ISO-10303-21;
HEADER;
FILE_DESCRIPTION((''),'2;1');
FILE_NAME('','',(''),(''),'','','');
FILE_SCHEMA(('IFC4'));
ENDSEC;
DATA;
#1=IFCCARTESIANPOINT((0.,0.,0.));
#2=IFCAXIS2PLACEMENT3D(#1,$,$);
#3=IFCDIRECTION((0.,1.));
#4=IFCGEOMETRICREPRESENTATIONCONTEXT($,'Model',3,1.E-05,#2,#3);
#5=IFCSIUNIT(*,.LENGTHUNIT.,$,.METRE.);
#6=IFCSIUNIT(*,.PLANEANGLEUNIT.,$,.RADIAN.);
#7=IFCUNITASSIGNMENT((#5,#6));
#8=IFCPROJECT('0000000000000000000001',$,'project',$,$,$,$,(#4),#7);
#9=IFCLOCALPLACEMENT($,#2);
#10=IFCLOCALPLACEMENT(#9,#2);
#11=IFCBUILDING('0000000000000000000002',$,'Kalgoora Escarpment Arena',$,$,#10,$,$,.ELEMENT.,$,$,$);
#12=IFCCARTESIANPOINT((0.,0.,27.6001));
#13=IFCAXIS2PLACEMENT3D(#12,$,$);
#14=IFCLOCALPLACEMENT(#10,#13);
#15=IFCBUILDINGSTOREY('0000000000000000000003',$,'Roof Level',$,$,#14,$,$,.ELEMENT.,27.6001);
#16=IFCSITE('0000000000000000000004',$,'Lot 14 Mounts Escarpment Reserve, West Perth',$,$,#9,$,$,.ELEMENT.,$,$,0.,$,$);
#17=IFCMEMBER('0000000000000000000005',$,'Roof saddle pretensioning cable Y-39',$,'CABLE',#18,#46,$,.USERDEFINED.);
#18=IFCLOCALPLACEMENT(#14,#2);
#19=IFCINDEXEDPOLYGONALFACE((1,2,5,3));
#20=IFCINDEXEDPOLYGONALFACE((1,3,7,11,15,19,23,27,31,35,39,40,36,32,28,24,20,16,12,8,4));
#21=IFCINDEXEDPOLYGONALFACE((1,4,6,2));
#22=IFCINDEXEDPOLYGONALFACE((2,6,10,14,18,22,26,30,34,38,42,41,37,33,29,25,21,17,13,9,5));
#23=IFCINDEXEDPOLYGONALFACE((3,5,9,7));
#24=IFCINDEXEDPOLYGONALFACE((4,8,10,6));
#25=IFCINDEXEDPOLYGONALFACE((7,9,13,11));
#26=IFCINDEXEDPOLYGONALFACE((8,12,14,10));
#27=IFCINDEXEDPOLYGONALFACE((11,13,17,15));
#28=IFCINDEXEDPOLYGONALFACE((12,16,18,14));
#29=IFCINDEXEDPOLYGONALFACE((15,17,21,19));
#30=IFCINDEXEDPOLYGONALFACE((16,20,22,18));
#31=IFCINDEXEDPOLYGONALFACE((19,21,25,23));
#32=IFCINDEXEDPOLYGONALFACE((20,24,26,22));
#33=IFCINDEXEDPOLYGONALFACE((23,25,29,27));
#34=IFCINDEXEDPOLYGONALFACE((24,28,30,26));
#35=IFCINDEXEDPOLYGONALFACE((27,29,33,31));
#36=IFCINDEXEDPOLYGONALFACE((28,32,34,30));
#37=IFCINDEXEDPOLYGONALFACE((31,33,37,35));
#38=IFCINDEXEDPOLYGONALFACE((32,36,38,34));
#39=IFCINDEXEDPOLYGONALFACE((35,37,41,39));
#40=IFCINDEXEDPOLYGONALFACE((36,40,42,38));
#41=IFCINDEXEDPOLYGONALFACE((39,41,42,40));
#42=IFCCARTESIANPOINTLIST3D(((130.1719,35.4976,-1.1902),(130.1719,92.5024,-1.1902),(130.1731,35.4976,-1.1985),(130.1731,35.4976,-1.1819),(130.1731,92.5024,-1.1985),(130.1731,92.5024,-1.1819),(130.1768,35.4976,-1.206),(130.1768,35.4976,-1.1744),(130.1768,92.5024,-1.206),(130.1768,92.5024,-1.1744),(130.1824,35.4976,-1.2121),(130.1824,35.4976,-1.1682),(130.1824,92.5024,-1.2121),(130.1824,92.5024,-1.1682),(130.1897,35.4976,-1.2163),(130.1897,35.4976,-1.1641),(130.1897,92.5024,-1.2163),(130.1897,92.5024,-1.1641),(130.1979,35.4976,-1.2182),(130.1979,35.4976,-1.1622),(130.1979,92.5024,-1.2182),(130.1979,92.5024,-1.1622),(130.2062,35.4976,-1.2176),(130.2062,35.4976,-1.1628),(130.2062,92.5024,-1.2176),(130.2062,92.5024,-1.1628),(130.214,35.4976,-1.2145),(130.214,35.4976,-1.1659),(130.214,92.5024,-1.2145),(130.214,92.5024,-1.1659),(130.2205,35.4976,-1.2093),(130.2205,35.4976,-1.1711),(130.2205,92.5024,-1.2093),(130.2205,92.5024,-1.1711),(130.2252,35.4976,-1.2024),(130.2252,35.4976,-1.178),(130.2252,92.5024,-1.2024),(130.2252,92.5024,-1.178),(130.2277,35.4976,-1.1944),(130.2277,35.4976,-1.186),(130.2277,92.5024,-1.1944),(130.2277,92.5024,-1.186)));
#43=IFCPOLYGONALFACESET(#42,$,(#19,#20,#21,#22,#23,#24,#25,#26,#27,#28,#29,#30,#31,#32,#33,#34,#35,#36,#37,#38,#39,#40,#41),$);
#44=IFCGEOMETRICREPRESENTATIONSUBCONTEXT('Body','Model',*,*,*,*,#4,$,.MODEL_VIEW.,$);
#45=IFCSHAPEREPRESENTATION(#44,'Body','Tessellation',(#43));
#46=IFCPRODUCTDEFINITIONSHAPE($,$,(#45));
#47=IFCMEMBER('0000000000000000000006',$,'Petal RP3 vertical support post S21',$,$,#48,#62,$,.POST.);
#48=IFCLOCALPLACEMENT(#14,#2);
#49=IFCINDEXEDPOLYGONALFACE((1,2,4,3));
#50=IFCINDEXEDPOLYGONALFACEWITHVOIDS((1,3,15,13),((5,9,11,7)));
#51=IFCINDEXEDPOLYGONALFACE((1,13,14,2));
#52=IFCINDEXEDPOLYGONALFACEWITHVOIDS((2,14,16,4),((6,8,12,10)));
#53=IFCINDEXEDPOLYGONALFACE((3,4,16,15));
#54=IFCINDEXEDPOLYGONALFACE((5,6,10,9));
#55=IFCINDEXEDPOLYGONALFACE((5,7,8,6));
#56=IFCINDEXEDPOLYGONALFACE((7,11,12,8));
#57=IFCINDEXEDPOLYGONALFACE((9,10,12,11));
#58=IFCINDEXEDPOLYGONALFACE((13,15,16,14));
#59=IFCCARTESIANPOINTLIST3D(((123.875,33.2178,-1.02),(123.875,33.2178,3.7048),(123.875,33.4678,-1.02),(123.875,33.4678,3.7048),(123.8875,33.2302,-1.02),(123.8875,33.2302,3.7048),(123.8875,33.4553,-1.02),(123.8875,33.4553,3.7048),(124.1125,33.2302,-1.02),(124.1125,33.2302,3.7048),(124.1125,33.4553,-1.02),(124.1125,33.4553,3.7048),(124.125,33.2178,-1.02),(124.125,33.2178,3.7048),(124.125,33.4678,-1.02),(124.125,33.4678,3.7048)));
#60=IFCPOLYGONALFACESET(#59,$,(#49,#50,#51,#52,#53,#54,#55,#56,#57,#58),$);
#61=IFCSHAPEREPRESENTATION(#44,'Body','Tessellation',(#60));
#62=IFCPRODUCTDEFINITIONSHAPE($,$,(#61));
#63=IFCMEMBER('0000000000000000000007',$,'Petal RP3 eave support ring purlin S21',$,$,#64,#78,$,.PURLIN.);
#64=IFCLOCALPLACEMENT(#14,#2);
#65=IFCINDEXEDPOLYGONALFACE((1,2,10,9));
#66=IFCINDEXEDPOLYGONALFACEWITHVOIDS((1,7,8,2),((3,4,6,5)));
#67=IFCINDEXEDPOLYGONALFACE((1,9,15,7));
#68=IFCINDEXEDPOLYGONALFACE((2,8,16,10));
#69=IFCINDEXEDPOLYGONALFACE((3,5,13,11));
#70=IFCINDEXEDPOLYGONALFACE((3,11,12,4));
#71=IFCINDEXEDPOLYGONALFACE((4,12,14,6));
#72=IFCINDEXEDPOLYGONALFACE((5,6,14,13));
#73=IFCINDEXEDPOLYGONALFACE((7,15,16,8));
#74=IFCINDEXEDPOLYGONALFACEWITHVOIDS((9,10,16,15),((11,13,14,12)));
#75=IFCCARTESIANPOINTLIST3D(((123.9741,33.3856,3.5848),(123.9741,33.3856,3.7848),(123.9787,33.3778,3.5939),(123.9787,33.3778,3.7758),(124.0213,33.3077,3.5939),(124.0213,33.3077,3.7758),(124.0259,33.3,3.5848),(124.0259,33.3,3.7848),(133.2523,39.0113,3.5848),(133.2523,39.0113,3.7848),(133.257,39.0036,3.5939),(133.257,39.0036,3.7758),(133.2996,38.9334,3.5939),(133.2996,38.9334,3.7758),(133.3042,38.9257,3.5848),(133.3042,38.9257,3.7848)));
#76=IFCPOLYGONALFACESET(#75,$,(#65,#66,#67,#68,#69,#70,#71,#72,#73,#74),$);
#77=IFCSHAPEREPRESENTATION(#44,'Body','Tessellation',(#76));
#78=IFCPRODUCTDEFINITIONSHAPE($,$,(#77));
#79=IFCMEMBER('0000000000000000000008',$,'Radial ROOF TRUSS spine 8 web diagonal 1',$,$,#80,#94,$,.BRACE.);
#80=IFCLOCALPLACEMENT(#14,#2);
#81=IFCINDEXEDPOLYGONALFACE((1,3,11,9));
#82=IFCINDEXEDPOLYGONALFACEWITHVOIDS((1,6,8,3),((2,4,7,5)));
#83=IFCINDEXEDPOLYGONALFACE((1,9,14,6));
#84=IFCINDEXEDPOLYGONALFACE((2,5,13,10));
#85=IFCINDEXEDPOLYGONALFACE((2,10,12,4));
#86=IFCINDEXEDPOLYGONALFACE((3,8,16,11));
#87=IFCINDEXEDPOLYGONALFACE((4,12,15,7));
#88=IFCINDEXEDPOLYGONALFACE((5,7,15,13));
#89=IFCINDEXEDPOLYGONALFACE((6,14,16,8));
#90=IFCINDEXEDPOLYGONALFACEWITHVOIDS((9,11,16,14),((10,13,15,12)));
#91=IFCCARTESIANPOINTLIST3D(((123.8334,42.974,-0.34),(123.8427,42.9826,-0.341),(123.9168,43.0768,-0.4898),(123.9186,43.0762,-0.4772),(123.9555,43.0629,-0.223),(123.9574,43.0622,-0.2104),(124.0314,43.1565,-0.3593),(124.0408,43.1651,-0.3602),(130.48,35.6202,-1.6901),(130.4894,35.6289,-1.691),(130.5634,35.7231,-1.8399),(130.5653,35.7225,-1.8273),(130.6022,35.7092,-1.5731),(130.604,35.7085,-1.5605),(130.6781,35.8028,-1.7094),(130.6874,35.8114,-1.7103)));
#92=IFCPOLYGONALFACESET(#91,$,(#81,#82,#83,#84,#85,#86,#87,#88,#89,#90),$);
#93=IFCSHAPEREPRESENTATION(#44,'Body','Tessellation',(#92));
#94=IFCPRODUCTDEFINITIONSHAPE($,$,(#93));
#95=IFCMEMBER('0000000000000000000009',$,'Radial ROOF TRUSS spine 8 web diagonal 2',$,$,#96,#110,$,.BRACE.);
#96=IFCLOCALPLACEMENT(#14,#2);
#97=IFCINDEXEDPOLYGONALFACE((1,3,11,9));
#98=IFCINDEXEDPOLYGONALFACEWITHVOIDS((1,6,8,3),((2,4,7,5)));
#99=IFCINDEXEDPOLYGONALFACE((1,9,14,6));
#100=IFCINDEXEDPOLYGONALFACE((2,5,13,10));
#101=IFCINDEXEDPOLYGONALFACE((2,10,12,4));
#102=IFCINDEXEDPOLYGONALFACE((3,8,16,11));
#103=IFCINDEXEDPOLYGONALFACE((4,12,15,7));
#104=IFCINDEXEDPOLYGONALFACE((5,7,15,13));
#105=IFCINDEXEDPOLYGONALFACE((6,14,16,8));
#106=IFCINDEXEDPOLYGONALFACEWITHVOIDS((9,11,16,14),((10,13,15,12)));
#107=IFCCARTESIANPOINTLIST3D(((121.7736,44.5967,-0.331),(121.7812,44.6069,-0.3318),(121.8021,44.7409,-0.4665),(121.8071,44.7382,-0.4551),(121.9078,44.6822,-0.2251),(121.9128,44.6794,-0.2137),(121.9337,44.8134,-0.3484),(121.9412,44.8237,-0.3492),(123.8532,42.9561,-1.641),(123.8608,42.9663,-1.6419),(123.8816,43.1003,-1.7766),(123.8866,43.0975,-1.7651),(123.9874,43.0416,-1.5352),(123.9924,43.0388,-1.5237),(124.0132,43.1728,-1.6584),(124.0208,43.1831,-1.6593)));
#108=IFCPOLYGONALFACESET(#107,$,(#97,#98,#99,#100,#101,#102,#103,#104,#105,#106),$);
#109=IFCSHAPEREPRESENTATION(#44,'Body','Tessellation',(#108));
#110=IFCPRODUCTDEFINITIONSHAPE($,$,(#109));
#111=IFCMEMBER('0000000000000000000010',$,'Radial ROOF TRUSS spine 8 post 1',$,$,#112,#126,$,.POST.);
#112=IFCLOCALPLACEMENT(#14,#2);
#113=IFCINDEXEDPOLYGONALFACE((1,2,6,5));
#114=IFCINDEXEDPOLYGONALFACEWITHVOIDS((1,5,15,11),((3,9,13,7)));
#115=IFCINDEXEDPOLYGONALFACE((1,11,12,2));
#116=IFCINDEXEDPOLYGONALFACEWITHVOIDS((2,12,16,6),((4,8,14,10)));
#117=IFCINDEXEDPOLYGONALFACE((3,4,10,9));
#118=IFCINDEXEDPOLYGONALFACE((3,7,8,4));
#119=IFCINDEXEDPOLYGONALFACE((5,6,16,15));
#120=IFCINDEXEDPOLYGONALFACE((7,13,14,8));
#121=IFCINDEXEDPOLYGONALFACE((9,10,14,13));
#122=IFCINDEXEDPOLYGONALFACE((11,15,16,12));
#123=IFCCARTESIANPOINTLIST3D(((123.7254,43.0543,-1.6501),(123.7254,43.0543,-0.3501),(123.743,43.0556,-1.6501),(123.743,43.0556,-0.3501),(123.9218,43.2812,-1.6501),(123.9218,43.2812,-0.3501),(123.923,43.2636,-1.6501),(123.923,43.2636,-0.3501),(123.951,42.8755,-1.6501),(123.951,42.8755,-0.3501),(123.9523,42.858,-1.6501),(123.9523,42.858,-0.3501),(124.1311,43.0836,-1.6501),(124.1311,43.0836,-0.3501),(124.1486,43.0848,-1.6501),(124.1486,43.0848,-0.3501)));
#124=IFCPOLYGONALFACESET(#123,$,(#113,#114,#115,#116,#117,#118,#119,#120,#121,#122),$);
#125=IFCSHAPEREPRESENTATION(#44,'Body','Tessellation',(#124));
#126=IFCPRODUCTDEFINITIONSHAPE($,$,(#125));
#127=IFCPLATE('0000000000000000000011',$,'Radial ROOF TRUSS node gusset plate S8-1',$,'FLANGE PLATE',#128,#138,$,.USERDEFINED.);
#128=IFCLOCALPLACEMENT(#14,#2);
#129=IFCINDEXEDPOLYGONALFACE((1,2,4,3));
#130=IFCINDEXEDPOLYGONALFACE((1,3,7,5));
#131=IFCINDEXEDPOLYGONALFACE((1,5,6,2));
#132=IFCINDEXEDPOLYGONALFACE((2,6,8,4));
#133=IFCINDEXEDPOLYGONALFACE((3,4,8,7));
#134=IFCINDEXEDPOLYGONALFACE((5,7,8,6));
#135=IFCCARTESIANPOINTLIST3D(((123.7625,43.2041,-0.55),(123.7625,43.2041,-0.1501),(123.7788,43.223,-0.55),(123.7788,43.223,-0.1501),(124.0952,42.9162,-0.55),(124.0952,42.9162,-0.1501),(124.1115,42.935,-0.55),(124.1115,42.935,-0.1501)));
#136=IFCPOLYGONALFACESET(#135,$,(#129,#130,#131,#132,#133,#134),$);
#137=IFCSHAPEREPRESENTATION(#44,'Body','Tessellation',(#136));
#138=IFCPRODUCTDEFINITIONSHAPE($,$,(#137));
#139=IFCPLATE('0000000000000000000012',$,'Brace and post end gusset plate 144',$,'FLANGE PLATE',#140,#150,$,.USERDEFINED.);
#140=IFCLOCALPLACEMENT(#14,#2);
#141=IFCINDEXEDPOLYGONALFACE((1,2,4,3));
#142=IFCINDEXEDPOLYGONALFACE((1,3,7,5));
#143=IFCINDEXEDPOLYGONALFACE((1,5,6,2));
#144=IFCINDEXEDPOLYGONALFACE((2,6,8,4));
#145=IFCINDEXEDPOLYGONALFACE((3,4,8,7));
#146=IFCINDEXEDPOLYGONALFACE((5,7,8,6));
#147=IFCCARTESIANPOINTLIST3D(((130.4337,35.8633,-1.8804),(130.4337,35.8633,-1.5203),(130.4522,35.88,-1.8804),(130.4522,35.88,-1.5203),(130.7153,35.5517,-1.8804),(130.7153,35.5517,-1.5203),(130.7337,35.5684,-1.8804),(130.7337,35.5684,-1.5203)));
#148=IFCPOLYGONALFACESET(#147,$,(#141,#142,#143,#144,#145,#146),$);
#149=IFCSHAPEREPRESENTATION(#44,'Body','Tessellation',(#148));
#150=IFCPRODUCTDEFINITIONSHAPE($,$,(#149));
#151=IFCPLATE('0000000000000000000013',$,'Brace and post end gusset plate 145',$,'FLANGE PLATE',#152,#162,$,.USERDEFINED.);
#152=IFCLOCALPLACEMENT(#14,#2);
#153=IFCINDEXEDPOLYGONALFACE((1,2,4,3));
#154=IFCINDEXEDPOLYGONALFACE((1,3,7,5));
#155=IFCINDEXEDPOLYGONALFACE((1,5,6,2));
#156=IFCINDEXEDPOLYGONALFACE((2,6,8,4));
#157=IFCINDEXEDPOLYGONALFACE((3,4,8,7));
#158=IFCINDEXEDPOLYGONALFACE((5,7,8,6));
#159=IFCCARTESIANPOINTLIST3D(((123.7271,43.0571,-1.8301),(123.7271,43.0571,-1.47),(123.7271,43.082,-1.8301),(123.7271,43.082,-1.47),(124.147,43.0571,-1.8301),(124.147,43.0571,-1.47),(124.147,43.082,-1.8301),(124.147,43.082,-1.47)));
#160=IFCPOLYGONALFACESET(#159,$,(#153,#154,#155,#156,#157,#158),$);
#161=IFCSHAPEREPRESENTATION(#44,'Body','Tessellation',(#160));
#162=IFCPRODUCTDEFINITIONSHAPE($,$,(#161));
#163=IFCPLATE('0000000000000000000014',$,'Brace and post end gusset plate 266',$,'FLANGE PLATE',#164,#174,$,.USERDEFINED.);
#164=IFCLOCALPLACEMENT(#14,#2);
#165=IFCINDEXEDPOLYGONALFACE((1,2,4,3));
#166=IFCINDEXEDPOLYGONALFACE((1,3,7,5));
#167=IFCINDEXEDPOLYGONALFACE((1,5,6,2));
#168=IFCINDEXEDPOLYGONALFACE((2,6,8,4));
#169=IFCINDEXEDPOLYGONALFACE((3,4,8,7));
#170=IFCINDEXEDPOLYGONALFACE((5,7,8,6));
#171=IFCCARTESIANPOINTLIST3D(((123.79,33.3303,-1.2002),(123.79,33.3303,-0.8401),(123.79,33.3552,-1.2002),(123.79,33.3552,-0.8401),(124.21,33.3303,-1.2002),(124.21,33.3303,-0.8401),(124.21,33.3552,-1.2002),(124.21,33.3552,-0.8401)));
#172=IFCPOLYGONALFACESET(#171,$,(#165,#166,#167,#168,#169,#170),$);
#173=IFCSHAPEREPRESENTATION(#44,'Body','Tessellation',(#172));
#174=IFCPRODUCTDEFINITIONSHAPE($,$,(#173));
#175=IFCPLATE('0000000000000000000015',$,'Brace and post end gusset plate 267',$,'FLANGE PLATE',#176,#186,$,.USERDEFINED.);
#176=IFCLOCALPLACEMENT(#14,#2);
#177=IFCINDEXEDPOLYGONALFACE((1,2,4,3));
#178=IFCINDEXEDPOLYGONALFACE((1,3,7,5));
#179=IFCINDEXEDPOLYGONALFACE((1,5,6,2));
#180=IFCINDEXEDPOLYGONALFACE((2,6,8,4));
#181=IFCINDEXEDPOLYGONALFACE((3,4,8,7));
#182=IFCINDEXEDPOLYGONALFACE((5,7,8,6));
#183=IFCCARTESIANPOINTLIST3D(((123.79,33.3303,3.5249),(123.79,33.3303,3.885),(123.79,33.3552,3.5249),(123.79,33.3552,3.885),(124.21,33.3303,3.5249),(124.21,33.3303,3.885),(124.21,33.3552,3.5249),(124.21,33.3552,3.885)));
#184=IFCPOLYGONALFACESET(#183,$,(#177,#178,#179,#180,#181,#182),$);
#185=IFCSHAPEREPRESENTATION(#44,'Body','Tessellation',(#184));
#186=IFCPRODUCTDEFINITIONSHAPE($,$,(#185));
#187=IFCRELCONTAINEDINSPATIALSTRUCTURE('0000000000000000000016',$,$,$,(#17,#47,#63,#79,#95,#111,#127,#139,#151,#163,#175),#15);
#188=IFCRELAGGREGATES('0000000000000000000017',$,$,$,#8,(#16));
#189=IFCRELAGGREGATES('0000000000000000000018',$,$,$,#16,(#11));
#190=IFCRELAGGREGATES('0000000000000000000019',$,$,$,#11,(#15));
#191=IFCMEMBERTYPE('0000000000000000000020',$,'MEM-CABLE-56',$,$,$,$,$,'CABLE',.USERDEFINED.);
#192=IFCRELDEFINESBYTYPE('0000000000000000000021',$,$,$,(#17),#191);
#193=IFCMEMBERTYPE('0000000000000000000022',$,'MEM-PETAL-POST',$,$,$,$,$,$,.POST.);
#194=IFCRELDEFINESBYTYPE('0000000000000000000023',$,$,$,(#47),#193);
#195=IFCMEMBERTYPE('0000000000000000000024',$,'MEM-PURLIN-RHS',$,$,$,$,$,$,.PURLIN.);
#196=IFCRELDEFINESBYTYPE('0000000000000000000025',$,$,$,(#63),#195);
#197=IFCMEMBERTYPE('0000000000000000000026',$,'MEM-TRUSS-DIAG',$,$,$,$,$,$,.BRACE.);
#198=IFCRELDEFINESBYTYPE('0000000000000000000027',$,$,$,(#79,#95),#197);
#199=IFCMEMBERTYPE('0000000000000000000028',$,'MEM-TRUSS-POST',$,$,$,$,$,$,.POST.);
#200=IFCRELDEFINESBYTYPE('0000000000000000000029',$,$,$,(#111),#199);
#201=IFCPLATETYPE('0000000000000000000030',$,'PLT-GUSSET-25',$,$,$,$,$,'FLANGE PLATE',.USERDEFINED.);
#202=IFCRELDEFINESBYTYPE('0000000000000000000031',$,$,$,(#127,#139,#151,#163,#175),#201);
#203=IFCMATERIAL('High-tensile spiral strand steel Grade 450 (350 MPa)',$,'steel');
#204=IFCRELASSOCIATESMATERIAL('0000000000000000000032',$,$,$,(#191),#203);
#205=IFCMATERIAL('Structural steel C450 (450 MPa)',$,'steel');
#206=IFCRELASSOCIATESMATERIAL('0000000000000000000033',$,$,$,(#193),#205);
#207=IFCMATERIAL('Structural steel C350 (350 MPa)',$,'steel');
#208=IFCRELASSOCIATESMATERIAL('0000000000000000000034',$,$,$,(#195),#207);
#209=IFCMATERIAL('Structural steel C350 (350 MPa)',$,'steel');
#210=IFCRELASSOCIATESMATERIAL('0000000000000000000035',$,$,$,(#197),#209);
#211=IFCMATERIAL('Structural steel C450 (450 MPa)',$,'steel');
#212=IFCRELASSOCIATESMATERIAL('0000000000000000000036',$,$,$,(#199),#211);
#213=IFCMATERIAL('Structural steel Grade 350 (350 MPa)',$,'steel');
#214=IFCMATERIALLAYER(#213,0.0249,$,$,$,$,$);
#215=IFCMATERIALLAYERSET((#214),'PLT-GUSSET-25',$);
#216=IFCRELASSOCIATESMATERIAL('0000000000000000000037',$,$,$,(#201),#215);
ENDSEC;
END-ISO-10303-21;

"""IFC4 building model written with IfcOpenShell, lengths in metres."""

from ifc_helpers import new_model, si_unit, direction, frame, origin, origin_2d, place, context, subcontext, project, spatial, rectangle, hollow_rectangle, circle, extrude, material, layer, layer_set, material_profile, profile_set, type_object, element, save


model = new_model("IFC4")

# Units and contexts
model_context = context("Model", 3, precision=1e-05, world=origin(), true_north=direction((0.0, 1.0)))
body_context = subcontext(model_context, "Body", "Model", "MODEL_VIEW")
ifc_project = project(units=[si_unit("LENGTHUNIT", "METRE"), si_unit("PLANEANGLEUNIT", "RADIAN")], contexts=[model_context])

# Site, building, storey
site_placement = place(None, origin())
site = spatial("IfcSite", under=ifc_project, at=site_placement, Name="Lot 14 Mounts Escarpment Reserve, West Perth", CompositionType="ELEMENT", RefElevation=0.0)
building_placement = place(site_placement, origin())
building = spatial("IfcBuilding", under=site, at=building_placement, Name="Kalgoora Escarpment Arena", CompositionType="ELEMENT")
storey_placement = place(building_placement, frame((0.0, 0.0, 27.6001)))
storey = spatial("IfcBuildingStorey", under=building, at=storey_placement, Name="Roof Level", CompositionType="ELEMENT", Elevation=27.6001)

# Members
ifc_material_1 = material(Name="High-tensile spiral strand steel Grade 450 (350 MPa)", Category="steel")
ifc_material_profile_1 = material_profile(ifc_material_1, circle(Radius=0.0281, at=origin_2d()))
ifc_profile_set_1 = profile_set([ifc_material_profile_1], Name="High-tensile spiral strand steel Grade 450 (350 MPa)")
member_type_1 = type_object("IfcMemberType", Name="MEM-CABLE-56", ElementType="CABLE", PredefinedType="USERDEFINED", material=ifc_profile_set_1)
member_1_placement = place(storey_placement, frame((130.2, 35.4976, -1.1902), z_axis=(0.0, 1.0, 0.0), x_axis=(-1.0, 0.0, 0.0)))
element("IfcMember", 1, at=member_1_placement, inside=storey, type_object=member_type_1, Name="Roof saddle pretensioning cable Y-39", ObjectType="CABLE", PredefinedType="USERDEFINED", context=body_context, shape_type="SweptSolid", body=[
    extrude(circle(Radius=0.0281, at=origin_2d()), origin(), (0.0, 0.0, 1.0), 57.0049),
])
ifc_material_2 = material(Name="Structural steel C450 (450 MPa)", Category="steel")
ifc_material_profile_2 = material_profile(ifc_material_2, hollow_rectangle(XDim=0.25, YDim=0.25, WallThickness=0.0125, at=origin_2d()))
ifc_profile_set_2 = profile_set([ifc_material_profile_2], Name="Structural steel C450 (450 MPa)")
member_type_2 = type_object("IfcMemberType", Name="MEM-PETAL-POST", PredefinedType="POST", material=ifc_profile_set_2)
member_2_placement = place(storey_placement, frame((124.0, 33.3428, -1.02), z_axis=(0.0, 0.0, 1.0), x_axis=(1.0, 0.0, 0.0)))
element("IfcMember", 2, at=member_2_placement, inside=storey, type_object=member_type_2, Name="Petal RP3 vertical support post S21", PredefinedType="POST", context=body_context, shape_type="SweptSolid", body=[
    extrude(hollow_rectangle(XDim=0.25, YDim=0.25, WallThickness=0.0125, at=origin_2d()), origin(), (0.0, 0.0, 1.0), 4.7249),
])
ifc_material_3 = material(Name="Structural steel C350 (350 MPa)", Category="steel")
ifc_material_profile_3 = material_profile(ifc_material_3, hollow_rectangle(XDim=0.1001, YDim=0.2, WallThickness=0.009, at=origin_2d()))
ifc_profile_set_3 = profile_set([ifc_material_profile_3], Name="Structural steel C350 (350 MPa)")
member_type_3 = type_object("IfcMemberType", Name="MEM-PURLIN-RHS", PredefinedType="PURLIN", material=ifc_profile_set_3)
member_3_placement = place(storey_placement, frame((124.0, 33.3428, 3.6848), z_axis=(0.855095, 0.518471, 0.0), x_axis=(-0.518471, 0.855095, 0.0)))
element("IfcMember", 3, at=member_3_placement, inside=storey, type_object=member_type_3, Name="Petal RP3 eave support ring purlin S21", PredefinedType="PURLIN", context=body_context, shape_type="SweptSolid", body=[
    extrude(hollow_rectangle(XDim=0.1001, YDim=0.2, WallThickness=0.009, at=origin_2d()), origin(), (0.0, 0.0, 1.0), 10.8506),
])
ifc_material_4 = material(Name="Structural steel C350 (350 MPa)", Category="steel")
ifc_material_profile_4 = material_profile(ifc_material_4, hollow_rectangle(XDim=0.2, YDim=0.2, WallThickness=0.009, at=origin_2d()))
ifc_profile_set_4 = profile_set([ifc_material_profile_4], Name="Structural steel C350 (350 MPa)")
member_type_4 = type_object("IfcMemberType", Name="MEM-TRUSS-DIAG", PredefinedType="BRACE", material=ifc_profile_set_4)
member_4_placement = place(storey_placement, frame((130.5837, 35.7158, -1.7002), z_axis=(-0.664409, 0.735084, 0.134956), x_axis=(0.620141, 0.441459, 0.64849)))
element("IfcMember", 4, at=member_4_placement, inside=storey, type_object=member_type_4, Name="Radial ROOF TRUSS spine 8 web diagonal 1", PredefinedType="BRACE", context=body_context, shape_type="SweptSolid", body=[
    extrude(hollow_rectangle(XDim=0.2, YDim=0.2, WallThickness=0.009, at=origin_2d()), origin(), (0.0, 0.0, 1.0), 10.0039),
])
member_5_placement = place(storey_placement, frame((123.937, 43.0696, -1.6501), z_axis=(-0.70373, 0.555185, 0.443322), x_axis=(0.696089, 0.413888, 0.586649)))
element("IfcMember", 5, at=member_5_placement, inside=storey, type_object=member_type_4, Name="Radial ROOF TRUSS spine 8 web diagonal 2", PredefinedType="BRACE", context=body_context, shape_type="SweptSolid", body=[
    extrude(hollow_rectangle(XDim=0.2, YDim=0.2, WallThickness=0.009, at=origin_2d()), origin(), (0.0, 0.0, 1.0), 2.9551),
])
ifc_material_5 = material(Name="Structural steel C450 (450 MPa)", Category="steel")
ifc_material_profile_5 = material_profile(ifc_material_5, hollow_rectangle(XDim=0.3, YDim=0.3, WallThickness=0.0125, at=origin_2d()))
ifc_profile_set_5 = profile_set([ifc_material_profile_5], Name="Structural steel C450 (450 MPa)")
member_type_5 = type_object("IfcMemberType", Name="MEM-TRUSS-POST", PredefinedType="POST", material=ifc_profile_set_5)
member_6_placement = place(storey_placement, frame((123.937, 43.0696, -1.6501), z_axis=(0.0, 0.0, 1.0), x_axis=(-0.756082, 0.654477, 0.0)))
element("IfcMember", 6, at=member_6_placement, inside=storey, type_object=member_type_5, Name="Radial ROOF TRUSS spine 8 post 1", PredefinedType="POST", context=body_context, shape_type="SweptSolid", body=[
    extrude(hollow_rectangle(XDim=0.3, YDim=0.3, WallThickness=0.0125, at=origin_2d()), origin(), (0.0, 0.0, 1.0), 1.3),
])

# Plates
ifc_material_6 = material(Name="Structural steel Grade 350 (350 MPa)", Category="steel")
ifc_layer_1 = layer(ifc_material_6, 0.0249)
ifc_layer_set_1 = layer_set([ifc_layer_1], Name="PLT-GUSSET-25")
plate_type_1 = type_object("IfcPlateType", Name="PLT-GUSSET-25", ElementType="FLANGE PLATE", PredefinedType="USERDEFINED", material=ifc_layer_set_1)
plate_1_placement = place(storey_placement, frame((123.937, 43.0696, -0.55), z_axis=(0.0, 0.0, 1.0), x_axis=(-0.756082, 0.654477, 0.0)))
element("IfcPlate", 7, at=plate_1_placement, inside=storey, type_object=plate_type_1, Name="Radial ROOF TRUSS node gusset plate S8-1", ObjectType="FLANGE PLATE", PredefinedType="USERDEFINED", context=body_context, shape_type="SweptSolid", body=[
    extrude(rectangle(XDim=0.4399, YDim=0.0249, at=origin_2d()), origin(), (0.0, 0.0, 1.0), 0.3999),
])
for number, where, z_axis, x_axis, name in (
    (8, (130.5837, 35.7158, -1.8804), (0.0, 0.0, 1.0), (-0.670427, 0.741976, 0.0), "Brace and post end gusset plate 144"),
    (9, (123.937, 43.0696, -1.8301), (0.0, 0.0, 1.0), (1.0, 0.0, 0.0), "Brace and post end gusset plate 145"),
    (10, (124.0, 33.3428, -1.2002), (0.0, 0.0, 1.0), (1.0, 0.0, 0.0), "Brace and post end gusset plate 266"),
    (11, (124.0, 33.3428, 3.5249), (0.0, 0.0, 1.0), (1.0, 0.0, 0.0), "Brace and post end gusset plate 267"),
):
    element("IfcPlate", number, at=place(storey_placement, frame(where, z_axis=z_axis, x_axis=x_axis)), inside=storey, type_object=plate_type_1, Name=name, ObjectType="FLANGE PLATE", PredefinedType="USERDEFINED", context=body_context, shape_type="SweptSolid", body=[
        extrude(rectangle(XDim=0.4199, YDim=0.0249, at=origin_2d()), origin(), (0.0, 0.0, 1.0), 0.3601),
    ])

save(model, "model.ifc")
